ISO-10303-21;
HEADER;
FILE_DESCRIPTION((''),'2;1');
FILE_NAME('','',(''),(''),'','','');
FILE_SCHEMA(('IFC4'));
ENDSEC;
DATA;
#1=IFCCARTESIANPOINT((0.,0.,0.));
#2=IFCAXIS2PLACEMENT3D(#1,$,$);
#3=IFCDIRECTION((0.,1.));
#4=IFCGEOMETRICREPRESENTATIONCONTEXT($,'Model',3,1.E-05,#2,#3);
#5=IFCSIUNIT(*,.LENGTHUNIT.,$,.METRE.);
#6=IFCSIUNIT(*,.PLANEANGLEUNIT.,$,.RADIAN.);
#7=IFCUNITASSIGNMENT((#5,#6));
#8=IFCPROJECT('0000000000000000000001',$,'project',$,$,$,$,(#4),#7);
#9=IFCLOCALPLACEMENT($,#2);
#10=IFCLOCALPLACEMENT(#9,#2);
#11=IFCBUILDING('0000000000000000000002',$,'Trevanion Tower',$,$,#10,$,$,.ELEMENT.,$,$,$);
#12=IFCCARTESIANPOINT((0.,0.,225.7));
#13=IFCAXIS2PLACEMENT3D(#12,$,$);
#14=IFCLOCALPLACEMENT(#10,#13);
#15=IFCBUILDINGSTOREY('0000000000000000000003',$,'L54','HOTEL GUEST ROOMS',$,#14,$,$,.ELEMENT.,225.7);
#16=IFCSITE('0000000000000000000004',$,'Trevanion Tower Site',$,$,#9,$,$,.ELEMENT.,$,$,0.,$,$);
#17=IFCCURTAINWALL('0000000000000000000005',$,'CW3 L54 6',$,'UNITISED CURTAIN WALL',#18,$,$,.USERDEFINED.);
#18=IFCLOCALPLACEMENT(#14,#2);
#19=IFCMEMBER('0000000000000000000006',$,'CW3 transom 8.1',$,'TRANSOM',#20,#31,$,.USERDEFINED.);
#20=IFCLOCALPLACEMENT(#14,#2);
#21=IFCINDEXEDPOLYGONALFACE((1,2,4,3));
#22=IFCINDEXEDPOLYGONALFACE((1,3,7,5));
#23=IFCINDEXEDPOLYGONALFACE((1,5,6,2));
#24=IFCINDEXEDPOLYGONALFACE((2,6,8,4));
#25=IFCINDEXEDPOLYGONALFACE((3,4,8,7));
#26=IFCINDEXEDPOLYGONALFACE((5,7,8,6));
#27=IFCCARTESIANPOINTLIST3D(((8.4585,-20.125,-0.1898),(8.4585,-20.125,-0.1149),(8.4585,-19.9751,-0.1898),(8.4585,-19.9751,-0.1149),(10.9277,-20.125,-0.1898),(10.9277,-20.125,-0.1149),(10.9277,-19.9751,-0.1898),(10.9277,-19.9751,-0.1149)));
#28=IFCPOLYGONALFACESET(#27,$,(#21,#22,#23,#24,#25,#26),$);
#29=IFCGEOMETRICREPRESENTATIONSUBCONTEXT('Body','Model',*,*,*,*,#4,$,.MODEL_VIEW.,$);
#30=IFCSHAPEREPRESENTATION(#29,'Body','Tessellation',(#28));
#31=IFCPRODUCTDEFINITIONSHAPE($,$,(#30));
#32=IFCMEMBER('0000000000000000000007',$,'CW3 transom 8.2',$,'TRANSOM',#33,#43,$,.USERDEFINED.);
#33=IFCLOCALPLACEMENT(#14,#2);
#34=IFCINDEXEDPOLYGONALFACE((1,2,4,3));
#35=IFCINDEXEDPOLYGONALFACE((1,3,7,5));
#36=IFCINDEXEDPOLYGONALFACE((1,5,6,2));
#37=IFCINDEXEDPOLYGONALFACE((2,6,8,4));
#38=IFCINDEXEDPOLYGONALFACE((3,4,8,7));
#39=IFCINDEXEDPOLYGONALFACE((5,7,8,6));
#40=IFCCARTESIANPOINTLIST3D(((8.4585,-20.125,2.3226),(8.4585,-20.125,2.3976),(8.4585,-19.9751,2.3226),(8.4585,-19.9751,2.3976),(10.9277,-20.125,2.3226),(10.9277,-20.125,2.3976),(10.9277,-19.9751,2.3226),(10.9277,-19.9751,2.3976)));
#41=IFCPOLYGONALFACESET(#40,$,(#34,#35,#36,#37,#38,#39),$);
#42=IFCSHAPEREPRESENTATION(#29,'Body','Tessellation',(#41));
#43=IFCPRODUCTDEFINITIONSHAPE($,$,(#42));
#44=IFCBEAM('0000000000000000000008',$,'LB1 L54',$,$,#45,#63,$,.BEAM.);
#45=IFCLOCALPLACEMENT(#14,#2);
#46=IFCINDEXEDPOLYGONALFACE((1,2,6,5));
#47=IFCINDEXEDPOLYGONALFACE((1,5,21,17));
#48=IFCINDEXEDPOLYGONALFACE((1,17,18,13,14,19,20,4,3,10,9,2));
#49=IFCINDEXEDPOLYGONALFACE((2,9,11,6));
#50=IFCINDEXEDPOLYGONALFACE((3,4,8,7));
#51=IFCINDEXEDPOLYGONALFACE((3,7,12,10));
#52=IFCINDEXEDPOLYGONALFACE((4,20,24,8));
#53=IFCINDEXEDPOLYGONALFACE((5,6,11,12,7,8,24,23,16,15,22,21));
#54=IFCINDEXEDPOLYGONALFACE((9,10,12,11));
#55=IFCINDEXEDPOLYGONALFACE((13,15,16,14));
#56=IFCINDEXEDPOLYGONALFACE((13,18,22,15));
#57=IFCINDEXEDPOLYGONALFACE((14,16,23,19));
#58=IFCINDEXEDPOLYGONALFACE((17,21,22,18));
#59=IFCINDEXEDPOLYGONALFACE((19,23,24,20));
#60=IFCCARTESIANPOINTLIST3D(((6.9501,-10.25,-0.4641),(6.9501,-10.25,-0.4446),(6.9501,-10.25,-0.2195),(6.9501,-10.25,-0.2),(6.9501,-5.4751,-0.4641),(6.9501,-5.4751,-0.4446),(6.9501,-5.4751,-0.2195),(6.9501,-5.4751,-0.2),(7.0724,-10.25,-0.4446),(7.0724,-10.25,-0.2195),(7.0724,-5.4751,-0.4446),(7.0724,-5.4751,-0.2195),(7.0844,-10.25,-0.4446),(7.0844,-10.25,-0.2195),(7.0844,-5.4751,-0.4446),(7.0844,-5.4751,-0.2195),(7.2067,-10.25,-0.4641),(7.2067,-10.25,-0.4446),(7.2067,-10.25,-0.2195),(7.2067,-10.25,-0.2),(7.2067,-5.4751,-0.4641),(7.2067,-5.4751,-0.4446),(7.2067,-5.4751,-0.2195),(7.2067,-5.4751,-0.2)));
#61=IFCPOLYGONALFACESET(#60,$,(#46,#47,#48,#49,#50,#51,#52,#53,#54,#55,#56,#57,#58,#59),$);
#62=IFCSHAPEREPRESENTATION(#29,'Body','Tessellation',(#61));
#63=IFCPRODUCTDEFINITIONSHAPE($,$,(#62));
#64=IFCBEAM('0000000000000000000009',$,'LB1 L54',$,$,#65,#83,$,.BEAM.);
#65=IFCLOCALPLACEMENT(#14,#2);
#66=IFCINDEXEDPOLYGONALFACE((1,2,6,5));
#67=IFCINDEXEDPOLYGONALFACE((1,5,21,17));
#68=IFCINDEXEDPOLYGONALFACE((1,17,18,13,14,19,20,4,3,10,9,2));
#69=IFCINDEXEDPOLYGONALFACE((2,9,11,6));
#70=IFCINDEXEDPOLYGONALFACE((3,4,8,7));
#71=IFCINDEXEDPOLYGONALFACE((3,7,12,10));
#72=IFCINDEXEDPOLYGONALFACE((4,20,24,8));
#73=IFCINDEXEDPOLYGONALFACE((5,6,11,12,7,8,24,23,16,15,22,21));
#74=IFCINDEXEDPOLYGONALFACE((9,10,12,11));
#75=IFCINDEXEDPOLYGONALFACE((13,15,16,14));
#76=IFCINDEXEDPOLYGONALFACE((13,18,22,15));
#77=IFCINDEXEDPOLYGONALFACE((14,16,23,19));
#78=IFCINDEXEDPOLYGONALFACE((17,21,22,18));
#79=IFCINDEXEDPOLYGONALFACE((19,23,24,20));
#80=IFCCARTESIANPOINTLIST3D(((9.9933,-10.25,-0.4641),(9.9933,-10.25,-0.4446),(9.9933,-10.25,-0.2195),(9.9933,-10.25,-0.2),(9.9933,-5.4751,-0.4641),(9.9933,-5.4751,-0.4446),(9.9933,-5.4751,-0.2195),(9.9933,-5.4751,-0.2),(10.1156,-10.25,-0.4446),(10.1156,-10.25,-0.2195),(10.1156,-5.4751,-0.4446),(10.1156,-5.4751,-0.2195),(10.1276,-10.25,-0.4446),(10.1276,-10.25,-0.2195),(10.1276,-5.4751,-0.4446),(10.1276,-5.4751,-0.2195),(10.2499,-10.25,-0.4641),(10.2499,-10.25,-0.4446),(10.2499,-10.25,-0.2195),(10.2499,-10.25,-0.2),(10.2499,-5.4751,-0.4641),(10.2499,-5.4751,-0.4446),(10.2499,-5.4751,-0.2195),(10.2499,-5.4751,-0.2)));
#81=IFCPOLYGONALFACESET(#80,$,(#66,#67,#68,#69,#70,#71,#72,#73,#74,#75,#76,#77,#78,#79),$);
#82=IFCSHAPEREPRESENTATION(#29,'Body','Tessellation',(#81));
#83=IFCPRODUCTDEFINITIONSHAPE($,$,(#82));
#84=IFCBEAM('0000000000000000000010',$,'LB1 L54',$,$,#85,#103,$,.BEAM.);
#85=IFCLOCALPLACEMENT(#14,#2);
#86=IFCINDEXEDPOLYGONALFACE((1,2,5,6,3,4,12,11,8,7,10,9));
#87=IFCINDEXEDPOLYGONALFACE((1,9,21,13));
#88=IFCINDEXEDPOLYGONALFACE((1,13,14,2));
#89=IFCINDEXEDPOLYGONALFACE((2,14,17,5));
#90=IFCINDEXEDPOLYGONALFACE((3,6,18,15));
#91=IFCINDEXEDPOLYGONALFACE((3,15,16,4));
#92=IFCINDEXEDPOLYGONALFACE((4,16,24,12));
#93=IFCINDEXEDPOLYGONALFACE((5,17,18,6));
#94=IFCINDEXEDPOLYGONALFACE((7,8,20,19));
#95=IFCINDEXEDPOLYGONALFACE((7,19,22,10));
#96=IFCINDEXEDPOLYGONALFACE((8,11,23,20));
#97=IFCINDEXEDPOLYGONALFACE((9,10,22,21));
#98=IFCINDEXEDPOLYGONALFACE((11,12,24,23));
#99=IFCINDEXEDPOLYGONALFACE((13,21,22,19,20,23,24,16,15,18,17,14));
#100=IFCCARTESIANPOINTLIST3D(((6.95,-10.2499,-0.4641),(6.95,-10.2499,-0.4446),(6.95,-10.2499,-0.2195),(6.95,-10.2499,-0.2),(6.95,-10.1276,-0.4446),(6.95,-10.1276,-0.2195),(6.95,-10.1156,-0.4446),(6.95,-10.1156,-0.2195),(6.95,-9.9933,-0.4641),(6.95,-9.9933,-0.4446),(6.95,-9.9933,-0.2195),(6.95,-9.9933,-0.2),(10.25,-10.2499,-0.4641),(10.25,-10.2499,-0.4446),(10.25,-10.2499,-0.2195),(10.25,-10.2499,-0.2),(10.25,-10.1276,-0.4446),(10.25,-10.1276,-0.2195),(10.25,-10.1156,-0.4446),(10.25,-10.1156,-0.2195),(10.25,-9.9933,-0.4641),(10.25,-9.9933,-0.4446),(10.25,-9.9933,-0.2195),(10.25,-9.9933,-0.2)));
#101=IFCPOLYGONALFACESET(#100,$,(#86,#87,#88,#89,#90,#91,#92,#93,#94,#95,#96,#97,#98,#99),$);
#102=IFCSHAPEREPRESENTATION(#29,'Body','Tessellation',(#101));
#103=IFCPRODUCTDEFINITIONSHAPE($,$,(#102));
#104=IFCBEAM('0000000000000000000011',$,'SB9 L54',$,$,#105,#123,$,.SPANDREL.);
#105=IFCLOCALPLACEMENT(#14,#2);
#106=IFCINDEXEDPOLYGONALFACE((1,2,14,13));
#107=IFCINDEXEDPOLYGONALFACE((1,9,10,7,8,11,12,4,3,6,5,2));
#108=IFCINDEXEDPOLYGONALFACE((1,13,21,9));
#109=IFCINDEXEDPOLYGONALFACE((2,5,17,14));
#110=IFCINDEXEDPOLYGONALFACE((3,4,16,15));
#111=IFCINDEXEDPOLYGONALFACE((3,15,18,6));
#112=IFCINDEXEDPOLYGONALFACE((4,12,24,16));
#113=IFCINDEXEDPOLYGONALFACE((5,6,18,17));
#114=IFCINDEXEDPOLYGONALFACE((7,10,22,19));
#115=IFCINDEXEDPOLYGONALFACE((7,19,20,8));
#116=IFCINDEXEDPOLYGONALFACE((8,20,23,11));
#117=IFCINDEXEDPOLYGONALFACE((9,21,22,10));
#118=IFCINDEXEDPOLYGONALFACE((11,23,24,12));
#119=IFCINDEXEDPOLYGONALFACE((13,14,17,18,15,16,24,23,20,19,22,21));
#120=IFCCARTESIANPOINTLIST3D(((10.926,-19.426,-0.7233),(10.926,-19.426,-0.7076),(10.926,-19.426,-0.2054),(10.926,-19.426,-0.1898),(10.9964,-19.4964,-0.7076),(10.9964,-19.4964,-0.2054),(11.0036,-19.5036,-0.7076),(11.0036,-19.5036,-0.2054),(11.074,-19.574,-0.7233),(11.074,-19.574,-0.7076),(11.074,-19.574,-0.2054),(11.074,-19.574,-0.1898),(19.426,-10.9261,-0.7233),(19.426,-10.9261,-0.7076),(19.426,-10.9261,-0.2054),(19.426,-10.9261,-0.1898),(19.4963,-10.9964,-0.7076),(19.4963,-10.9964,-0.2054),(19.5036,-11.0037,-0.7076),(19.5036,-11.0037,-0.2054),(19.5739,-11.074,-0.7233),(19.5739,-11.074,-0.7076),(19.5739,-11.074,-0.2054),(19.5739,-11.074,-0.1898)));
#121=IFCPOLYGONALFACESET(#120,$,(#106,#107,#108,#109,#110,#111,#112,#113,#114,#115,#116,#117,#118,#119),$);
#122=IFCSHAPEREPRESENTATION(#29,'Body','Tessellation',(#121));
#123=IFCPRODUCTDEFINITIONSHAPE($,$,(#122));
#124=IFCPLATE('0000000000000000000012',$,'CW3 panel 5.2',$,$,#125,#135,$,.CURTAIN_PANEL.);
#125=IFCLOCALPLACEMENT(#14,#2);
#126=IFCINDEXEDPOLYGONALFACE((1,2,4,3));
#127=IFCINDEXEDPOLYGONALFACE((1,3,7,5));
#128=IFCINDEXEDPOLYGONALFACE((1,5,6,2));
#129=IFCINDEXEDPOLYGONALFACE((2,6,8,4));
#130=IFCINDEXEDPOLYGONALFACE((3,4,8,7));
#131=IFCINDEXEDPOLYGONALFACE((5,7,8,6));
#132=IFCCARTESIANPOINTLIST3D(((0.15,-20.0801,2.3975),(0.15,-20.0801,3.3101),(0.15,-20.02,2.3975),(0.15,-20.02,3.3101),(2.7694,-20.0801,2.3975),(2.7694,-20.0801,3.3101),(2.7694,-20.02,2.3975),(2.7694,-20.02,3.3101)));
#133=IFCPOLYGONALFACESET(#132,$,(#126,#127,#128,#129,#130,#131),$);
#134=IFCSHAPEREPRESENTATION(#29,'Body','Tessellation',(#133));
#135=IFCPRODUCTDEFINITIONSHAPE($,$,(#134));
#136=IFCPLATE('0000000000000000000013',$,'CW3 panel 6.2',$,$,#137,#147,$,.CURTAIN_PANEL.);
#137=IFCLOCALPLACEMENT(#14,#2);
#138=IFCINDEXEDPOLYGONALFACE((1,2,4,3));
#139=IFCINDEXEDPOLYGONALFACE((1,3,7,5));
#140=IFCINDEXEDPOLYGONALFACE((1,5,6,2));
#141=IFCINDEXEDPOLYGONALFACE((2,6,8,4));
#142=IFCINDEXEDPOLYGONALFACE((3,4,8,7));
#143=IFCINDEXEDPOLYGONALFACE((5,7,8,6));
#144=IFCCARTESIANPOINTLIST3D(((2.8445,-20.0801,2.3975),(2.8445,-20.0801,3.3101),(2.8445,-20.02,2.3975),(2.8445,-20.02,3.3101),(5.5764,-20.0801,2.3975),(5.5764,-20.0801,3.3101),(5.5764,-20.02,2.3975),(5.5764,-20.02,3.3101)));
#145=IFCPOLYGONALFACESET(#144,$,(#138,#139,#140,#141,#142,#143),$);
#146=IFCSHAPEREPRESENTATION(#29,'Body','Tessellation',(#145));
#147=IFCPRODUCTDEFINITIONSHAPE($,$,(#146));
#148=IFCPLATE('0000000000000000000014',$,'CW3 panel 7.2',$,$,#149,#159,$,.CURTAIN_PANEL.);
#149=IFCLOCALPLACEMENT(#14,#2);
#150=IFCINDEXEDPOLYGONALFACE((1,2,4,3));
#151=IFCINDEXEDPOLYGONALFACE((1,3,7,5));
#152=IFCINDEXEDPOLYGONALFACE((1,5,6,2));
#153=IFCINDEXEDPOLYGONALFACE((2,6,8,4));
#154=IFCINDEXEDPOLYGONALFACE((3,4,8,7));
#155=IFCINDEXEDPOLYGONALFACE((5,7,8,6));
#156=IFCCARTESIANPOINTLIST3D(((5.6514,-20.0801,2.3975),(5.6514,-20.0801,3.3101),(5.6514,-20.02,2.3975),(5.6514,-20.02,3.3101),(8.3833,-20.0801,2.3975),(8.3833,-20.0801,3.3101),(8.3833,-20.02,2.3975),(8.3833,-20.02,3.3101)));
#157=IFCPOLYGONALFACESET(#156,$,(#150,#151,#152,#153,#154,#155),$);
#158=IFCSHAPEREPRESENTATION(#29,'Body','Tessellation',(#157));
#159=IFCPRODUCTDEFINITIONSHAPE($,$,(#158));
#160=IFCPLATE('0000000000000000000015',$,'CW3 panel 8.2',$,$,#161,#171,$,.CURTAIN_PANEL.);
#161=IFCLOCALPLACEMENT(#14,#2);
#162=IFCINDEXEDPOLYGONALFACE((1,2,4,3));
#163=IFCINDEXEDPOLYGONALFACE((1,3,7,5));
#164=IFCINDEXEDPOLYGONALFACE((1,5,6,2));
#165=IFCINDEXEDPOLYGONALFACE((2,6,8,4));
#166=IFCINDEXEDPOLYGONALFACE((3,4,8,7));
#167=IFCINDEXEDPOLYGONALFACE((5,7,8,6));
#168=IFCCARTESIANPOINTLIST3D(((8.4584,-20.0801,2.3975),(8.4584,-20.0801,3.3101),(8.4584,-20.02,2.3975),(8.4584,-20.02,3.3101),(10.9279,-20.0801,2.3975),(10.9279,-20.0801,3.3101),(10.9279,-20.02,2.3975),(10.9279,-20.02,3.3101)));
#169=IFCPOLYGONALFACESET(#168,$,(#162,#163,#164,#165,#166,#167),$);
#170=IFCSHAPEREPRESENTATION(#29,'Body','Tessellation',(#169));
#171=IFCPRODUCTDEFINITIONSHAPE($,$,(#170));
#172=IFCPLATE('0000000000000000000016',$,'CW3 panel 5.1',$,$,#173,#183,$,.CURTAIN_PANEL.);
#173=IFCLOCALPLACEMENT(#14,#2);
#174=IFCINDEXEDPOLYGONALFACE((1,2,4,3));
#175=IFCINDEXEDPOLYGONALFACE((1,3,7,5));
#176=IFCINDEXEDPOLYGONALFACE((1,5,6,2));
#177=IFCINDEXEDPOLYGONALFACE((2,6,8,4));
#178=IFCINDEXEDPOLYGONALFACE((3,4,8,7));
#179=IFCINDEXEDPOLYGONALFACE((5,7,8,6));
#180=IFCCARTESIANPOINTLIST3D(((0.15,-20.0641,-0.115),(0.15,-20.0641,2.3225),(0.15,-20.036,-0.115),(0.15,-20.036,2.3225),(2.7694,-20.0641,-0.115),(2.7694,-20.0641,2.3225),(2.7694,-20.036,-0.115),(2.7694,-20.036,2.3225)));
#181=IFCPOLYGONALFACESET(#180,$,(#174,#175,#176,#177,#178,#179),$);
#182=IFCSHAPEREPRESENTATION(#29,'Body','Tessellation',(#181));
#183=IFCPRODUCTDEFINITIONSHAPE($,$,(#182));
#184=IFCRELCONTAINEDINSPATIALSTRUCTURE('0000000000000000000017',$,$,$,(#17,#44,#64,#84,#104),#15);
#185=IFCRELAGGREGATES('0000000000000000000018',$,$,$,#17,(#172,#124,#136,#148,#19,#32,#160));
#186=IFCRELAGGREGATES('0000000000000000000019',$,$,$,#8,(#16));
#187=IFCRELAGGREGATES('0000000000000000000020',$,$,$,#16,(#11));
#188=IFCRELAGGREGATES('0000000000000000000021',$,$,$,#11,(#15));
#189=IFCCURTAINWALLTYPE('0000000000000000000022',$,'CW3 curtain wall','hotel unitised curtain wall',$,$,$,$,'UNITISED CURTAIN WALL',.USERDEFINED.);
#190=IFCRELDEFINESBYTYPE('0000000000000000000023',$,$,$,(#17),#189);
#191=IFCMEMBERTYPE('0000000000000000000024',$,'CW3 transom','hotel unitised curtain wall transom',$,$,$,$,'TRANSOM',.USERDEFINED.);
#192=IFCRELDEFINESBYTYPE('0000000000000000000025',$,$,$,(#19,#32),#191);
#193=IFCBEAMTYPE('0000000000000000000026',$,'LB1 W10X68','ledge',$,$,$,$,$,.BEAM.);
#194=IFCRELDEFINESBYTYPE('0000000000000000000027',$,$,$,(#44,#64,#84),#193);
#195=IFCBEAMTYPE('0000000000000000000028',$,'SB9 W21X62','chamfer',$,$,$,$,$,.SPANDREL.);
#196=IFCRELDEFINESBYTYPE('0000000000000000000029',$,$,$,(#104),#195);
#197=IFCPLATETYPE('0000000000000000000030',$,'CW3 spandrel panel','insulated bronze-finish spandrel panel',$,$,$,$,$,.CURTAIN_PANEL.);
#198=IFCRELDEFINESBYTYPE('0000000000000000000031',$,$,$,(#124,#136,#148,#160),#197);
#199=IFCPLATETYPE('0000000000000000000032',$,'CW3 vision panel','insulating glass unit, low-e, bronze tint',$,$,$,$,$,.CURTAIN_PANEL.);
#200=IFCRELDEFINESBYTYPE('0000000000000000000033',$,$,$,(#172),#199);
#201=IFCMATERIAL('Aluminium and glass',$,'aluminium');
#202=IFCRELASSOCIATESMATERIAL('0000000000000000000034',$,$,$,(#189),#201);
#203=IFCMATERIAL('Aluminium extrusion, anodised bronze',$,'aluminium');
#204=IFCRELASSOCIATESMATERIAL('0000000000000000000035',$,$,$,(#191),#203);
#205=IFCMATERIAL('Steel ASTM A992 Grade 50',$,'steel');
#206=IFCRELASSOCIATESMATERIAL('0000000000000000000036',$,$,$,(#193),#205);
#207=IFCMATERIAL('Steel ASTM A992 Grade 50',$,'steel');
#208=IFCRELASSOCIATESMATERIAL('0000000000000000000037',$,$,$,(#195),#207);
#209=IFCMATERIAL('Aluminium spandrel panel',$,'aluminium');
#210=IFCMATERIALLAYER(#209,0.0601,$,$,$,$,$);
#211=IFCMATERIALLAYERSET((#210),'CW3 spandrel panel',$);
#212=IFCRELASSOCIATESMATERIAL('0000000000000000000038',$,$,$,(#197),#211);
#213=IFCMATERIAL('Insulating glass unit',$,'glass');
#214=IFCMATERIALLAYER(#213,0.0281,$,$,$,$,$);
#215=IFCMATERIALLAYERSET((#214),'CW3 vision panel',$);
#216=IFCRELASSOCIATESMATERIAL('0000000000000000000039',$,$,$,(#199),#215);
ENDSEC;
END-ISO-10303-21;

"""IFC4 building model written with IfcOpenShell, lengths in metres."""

from ifc_helpers import new_model, si_unit, direction, frame, origin, origin_2d, place, context, subcontext, project, spatial, rectangle, i_section, extrude, material, layer, layer_set, material_profile, profile_set, type_object, element, aggregate, save


model = new_model("IFC4")

# Units and contexts
model_context = context("Model", 3, precision=1e-05, world=origin(), true_north=direction((0.0, 1.0)))
body_context = subcontext(model_context, "Body", "Model", "MODEL_VIEW")
ifc_project = project(units=[si_unit("LENGTHUNIT", "METRE"), si_unit("PLANEANGLEUNIT", "RADIAN")], contexts=[model_context])

# Site, building, storey
site_placement = place(None, origin())
site = spatial("IfcSite", under=ifc_project, at=site_placement, Name="Trevanion Tower Site", CompositionType="ELEMENT", RefElevation=0.0)
building_placement = place(site_placement, origin())
building = spatial("IfcBuilding", under=site, at=building_placement, Name="Trevanion Tower", CompositionType="ELEMENT")
storey_placement = place(building_placement, frame((0.0, 0.0, 225.7)))
storey = spatial("IfcBuildingStorey", under=building, at=storey_placement, Name="L54", Description="HOTEL GUEST ROOMS", CompositionType="ELEMENT", Elevation=225.7)

# Curtain wall, members
ifc_material_1 = material(Name="Aluminium and glass", Category="aluminium")
curtain_wall_type = type_object("IfcCurtainWallType", Name="CW3 curtain wall", Description="hotel unitised curtain wall", ElementType="UNITISED CURTAIN WALL", PredefinedType="USERDEFINED", material=ifc_material_1)
curtain_wall_placement = place(storey_placement, origin())
curtain_wall = element("IfcCurtainWall", 1, at=curtain_wall_placement, inside=storey, type_object=curtain_wall_type, Name="CW3 L54 6", ObjectType="UNITISED CURTAIN WALL", PredefinedType="USERDEFINED")
ifc_material_2 = material(Name="Aluminium extrusion, anodised bronze", Category="aluminium")
ifc_material_profile_1 = material_profile(ifc_material_2, rectangle(XDim=0.1499, YDim=0.075, at=origin_2d()), Name="CW3 transom")
ifc_profile_set_1 = profile_set([ifc_material_profile_1], Name="Aluminium extrusion, anodised bronze")
member_type_1 = type_object("IfcMemberType", Name="CW3 transom", Description="hotel unitised curtain wall transom", ElementType="TRANSOM", PredefinedType="USERDEFINED", material=ifc_profile_set_1)
member_1_placement = place(storey_placement, frame((8.4585, -20.05, -0.1523), z_axis=(1.0, 0.0, 0.0), x_axis=(0.0, 1.0, 0.0)))
member_1 = element("IfcMember", 2, at=member_1_placement, type_object=member_type_1, Name="CW3 transom 8.1", ObjectType="TRANSOM", PredefinedType="USERDEFINED", context=body_context, shape_type="SweptSolid", body=[
    extrude(rectangle(XDim=0.1499, YDim=0.075, at=origin_2d()), origin(), (0.0, 0.0, 1.0), 2.4692),
])
member_2_placement = place(storey_placement, frame((8.4585, -20.05, 2.3601), z_axis=(1.0, 0.0, 0.0), x_axis=(0.0, 1.0, 0.0)))
member_2 = element("IfcMember", 3, at=member_2_placement, type_object=member_type_1, Name="CW3 transom 8.2", ObjectType="TRANSOM", PredefinedType="USERDEFINED", context=body_context, shape_type="SweptSolid", body=[
    extrude(rectangle(XDim=0.1499, YDim=0.075, at=origin_2d()), origin(), (0.0, 0.0, 1.0), 2.4692),
])

# Beams
ifc_material_3 = material(Name="Steel ASTM A992 Grade 50", Category="steel")
ifc_material_profile_2 = material_profile(ifc_material_3, i_section(OverallWidth=0.2566, OverallDepth=0.2642, WebThickness=0.012, FlangeThickness=0.0195, at=origin_2d()), Name="W10X68")
ifc_profile_set_2 = profile_set([ifc_material_profile_2], Name="Steel ASTM A992 Grade 50")
beam_type_1 = type_object("IfcBeamType", Name="LB1 W10X68", Description="ledge", PredefinedType="BEAM", material=ifc_profile_set_2)
for number, where, z_axis, x_axis, name in (
    (4, (7.0784, -10.25, -0.332), (0.0, 1.0, 0.0), (-1.0, 0.0, 0.0), "LB1 L54"),
    (5, (10.1216, -10.25, -0.332), (0.0, 1.0, 0.0), (-1.0, 0.0, 0.0), "LB1 L54"),
):
    element("IfcBeam", number, at=place(storey_placement, frame(where, z_axis=z_axis, x_axis=x_axis)), inside=storey, type_object=beam_type_1, Name=name, PredefinedType="BEAM", context=body_context, shape_type="SweptSolid", body=[
        extrude(i_section(OverallWidth=0.2566, OverallDepth=0.2642, WebThickness=0.012, FlangeThickness=0.0195, at=origin_2d()), origin(), (0.0, 0.0, 1.0), 4.7749),
    ])
beam_1_placement = place(storey_placement, frame((6.95, -10.1216, -0.332), z_axis=(1.0, 0.0, 0.0), x_axis=(0.0, 1.0, 0.0)))
element("IfcBeam", 6, at=beam_1_placement, inside=storey, type_object=beam_type_1, Name="LB1 L54", PredefinedType="BEAM", context=body_context, shape_type="SweptSolid", body=[
    extrude(i_section(OverallWidth=0.2566, OverallDepth=0.2642, WebThickness=0.012, FlangeThickness=0.0195, at=origin_2d()), origin(), (0.0, 0.0, 1.0), 3.3),
])
ifc_material_4 = material(Name="Steel ASTM A992 Grade 50", Category="steel")
ifc_material_profile_3 = material_profile(ifc_material_4, i_section(OverallWidth=0.2092, OverallDepth=0.5334, WebThickness=0.0103, FlangeThickness=0.0156, at=origin_2d()), Name="W21X62")
ifc_profile_set_3 = profile_set([ifc_material_profile_3], Name="Steel ASTM A992 Grade 50")
beam_type_2 = type_object("IfcBeamType", Name="SB9 W21X62", Description="chamfer", PredefinedType="SPANDREL", material=ifc_profile_set_3)
beam_2_placement = place(storey_placement, frame((11.0, -19.5, -0.4565), z_axis=(0.707107, 0.707107, 0.0), x_axis=(-0.707107, 0.707107, 0.0)))
element("IfcBeam", 7, at=beam_2_placement, inside=storey, type_object=beam_type_2, Name="SB9 L54", PredefinedType="SPANDREL", context=body_context, shape_type="SweptSolid", body=[
    extrude(i_section(OverallWidth=0.2092, OverallDepth=0.5334, WebThickness=0.0103, FlangeThickness=0.0156, at=origin_2d()), origin(), (0.0, 0.0, 1.0), 12.0208),
])

# Plates
ifc_material_5 = material(Name="Aluminium spandrel panel", Category="aluminium")
ifc_layer_1 = layer(ifc_material_5, 0.0601)
ifc_layer_set_1 = layer_set([ifc_layer_1], Name="CW3 spandrel panel")
plate_type_1 = type_object("IfcPlateType", Name="CW3 spandrel panel", Description="insulated bronze-finish spandrel panel", PredefinedType="CURTAIN_PANEL", material=ifc_layer_set_1)
plate_1_placement = place(storey_placement, frame((1.4597, -20.05, 2.3975), z_axis=(0.0, 0.0, 1.0), x_axis=(1.0, 0.0, 0.0)))
plate_1 = element("IfcPlate", 8, at=plate_1_placement, type_object=plate_type_1, Name="CW3 panel 5.2", PredefinedType="CURTAIN_PANEL", context=body_context, shape_type="SweptSolid", body=[
    extrude(rectangle(XDim=2.6194, YDim=0.0601, at=origin_2d()), origin(), (0.0, 0.0, 1.0), 0.9126),
])
plate_2_placement = place(storey_placement, frame((4.2104, -20.05, 2.3975), z_axis=(0.0, 0.0, 1.0), x_axis=(1.0, 0.0, 0.0)))
plate_2 = element("IfcPlate", 9, at=plate_2_placement, type_object=plate_type_1, Name="CW3 panel 6.2", PredefinedType="CURTAIN_PANEL", context=body_context, shape_type="SweptSolid", body=[
    extrude(rectangle(XDim=2.7319, YDim=0.0601, at=origin_2d()), origin(), (0.0, 0.0, 1.0), 0.9126),
])
plate_3_placement = place(storey_placement, frame((7.0173, -20.05, 2.3975), z_axis=(0.0, 0.0, 1.0), x_axis=(1.0, 0.0, 0.0)))
plate_3 = element("IfcPlate", 10, at=plate_3_placement, type_object=plate_type_1, Name="CW3 panel 7.2", PredefinedType="CURTAIN_PANEL", context=body_context, shape_type="SweptSolid", body=[
    extrude(rectangle(XDim=2.7319, YDim=0.0601, at=origin_2d()), origin(), (0.0, 0.0, 1.0), 0.9126),
])
plate_4_placement = place(storey_placement, frame((9.6931, -20.05, 2.3975), z_axis=(0.0, 0.0, 1.0), x_axis=(1.0, 0.0, 0.0)))
plate_4 = element("IfcPlate", 11, at=plate_4_placement, type_object=plate_type_1, Name="CW3 panel 8.2", PredefinedType="CURTAIN_PANEL", context=body_context, shape_type="SweptSolid", body=[
    extrude(rectangle(XDim=2.4695, YDim=0.0601, at=origin_2d()), origin(), (0.0, 0.0, 1.0), 0.9126),
])
ifc_material_6 = material(Name="Insulating glass unit", Category="glass")
ifc_layer_2 = layer(ifc_material_6, 0.0281)
ifc_layer_set_2 = layer_set([ifc_layer_2], Name="CW3 vision panel")
plate_type_2 = type_object("IfcPlateType", Name="CW3 vision panel", Description="insulating glass unit, low-e, bronze tint", PredefinedType="CURTAIN_PANEL", material=ifc_layer_set_2)
plate_5_placement = place(storey_placement, frame((1.4597, -20.05, -0.115), z_axis=(0.0, 0.0, 1.0), x_axis=(1.0, 0.0, 0.0)))
plate_5 = element("IfcPlate", 12, at=plate_5_placement, type_object=plate_type_2, Name="CW3 panel 5.1", PredefinedType="CURTAIN_PANEL", context=body_context, shape_type="SweptSolid", body=[
    extrude(rectangle(XDim=2.6194, YDim=0.0281, at=origin_2d()), origin(), (0.0, 0.0, 1.0), 2.4375),
])
aggregate(curtain_wall, [plate_5, plate_1, plate_2, plate_3, member_1, member_2, plate_4])

save(model, "model.ifc")
